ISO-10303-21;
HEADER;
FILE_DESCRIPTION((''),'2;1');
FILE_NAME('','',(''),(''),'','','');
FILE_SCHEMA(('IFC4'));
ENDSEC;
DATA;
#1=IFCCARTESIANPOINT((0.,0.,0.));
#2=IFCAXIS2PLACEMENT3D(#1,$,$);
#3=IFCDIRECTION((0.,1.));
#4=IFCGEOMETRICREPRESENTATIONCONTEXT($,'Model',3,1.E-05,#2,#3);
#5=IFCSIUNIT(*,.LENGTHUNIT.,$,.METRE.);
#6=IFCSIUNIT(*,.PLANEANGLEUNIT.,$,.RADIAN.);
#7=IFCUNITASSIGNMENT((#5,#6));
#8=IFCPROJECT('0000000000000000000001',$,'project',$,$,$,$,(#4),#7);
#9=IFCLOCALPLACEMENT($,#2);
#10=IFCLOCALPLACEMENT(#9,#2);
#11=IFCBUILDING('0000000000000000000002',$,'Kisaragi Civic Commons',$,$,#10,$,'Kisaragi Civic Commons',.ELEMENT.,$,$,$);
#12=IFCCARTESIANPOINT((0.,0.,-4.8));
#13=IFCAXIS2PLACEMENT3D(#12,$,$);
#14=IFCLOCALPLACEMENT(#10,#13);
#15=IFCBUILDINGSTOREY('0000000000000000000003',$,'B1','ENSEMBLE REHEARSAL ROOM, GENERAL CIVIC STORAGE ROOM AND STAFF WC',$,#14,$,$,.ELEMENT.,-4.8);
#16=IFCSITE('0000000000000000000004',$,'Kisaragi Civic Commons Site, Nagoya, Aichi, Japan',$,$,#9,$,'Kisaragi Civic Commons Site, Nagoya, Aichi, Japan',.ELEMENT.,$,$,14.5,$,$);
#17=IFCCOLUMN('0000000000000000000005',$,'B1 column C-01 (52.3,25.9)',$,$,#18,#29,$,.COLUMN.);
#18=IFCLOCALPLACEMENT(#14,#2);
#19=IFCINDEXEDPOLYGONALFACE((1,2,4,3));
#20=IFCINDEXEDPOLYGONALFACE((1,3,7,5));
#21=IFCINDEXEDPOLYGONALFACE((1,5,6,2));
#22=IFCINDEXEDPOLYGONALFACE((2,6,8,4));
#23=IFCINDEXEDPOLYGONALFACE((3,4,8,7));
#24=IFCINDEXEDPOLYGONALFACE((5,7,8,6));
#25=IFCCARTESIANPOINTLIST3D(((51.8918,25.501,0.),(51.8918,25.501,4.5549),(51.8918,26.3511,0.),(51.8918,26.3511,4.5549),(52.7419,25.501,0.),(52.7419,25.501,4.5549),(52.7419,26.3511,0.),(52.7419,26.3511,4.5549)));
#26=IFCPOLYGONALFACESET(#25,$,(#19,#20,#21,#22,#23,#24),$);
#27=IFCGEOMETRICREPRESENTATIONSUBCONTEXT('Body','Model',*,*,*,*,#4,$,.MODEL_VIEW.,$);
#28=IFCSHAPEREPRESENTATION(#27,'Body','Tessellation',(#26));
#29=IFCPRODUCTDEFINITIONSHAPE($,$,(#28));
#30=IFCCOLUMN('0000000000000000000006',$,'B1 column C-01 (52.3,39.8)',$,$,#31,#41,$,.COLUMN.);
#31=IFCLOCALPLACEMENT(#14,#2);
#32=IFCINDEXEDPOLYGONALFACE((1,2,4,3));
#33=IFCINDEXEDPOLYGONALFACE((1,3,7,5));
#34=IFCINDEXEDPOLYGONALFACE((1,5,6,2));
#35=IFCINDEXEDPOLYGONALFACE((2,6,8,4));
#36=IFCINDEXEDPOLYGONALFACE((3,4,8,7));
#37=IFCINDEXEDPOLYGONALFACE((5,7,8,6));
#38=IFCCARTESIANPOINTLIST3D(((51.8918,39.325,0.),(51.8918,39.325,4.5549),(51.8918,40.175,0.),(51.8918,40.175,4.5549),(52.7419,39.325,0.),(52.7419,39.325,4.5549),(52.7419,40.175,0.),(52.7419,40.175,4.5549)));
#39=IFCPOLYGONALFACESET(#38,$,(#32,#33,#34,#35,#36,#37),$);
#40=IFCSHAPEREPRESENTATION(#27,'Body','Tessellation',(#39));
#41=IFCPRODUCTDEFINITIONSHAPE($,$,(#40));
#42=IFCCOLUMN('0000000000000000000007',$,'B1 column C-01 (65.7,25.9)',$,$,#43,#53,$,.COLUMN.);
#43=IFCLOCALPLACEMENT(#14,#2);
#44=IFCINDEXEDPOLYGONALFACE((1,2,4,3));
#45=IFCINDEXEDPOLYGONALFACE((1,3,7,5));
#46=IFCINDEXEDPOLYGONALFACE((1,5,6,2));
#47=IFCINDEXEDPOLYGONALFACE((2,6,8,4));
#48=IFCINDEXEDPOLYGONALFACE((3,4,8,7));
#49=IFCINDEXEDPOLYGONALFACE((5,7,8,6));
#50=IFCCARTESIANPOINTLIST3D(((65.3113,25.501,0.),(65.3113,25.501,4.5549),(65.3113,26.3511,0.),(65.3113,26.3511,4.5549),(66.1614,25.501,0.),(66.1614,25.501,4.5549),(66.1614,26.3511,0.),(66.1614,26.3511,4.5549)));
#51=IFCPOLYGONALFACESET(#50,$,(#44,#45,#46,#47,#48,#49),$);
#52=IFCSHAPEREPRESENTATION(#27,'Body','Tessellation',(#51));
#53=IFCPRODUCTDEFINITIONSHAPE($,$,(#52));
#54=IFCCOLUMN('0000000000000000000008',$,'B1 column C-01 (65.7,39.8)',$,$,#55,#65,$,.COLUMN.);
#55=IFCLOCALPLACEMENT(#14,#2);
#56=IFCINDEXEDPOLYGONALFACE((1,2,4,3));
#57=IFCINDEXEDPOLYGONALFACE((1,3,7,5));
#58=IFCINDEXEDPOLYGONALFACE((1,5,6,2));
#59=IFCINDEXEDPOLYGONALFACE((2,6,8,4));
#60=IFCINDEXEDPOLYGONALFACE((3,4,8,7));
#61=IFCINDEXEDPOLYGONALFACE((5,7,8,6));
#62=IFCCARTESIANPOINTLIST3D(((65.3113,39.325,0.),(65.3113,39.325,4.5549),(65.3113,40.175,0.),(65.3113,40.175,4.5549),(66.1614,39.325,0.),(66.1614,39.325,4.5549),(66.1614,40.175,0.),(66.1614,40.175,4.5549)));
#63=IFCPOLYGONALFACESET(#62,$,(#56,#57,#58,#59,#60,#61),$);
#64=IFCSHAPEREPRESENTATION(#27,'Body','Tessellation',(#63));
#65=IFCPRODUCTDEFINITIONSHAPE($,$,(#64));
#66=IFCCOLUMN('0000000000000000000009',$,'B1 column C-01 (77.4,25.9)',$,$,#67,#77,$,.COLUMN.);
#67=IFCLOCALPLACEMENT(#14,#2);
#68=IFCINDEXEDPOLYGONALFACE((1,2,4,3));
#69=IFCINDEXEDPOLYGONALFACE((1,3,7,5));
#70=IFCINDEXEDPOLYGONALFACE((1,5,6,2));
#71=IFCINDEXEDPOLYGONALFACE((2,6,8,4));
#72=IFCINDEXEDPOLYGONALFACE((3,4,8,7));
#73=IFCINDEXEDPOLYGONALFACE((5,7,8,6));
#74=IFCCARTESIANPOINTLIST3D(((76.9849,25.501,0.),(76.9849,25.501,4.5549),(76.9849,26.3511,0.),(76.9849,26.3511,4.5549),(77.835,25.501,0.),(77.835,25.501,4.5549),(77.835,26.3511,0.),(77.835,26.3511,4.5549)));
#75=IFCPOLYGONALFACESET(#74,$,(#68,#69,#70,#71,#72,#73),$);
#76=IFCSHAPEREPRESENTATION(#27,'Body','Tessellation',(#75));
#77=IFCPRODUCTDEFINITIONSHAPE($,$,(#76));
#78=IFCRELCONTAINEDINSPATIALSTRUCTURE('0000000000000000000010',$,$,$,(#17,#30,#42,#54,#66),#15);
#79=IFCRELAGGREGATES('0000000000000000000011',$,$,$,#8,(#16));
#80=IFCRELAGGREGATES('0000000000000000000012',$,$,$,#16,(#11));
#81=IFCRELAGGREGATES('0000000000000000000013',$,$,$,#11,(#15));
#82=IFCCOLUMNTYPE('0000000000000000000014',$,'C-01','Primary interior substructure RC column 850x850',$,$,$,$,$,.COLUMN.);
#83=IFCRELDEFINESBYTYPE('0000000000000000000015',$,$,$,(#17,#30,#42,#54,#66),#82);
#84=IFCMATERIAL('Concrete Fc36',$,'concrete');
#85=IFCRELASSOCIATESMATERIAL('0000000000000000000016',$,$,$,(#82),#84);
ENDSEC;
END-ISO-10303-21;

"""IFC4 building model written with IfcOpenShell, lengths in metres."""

from ifc_helpers import new_model, si_unit, direction, frame, origin, origin_2d, place, context, subcontext, project, spatial, rectangle, extrude, material, material_profile, profile_set, type_object, element, save


model = new_model("IFC4")

# Units and contexts
model_context = context("Model", 3, precision=1e-05, world=origin(), true_north=direction((0.0, 1.0)))
body_context = subcontext(model_context, "Body", "Model", "MODEL_VIEW")
ifc_project = project(units=[si_unit("LENGTHUNIT", "METRE"), si_unit("PLANEANGLEUNIT", "RADIAN")], contexts=[model_context])

# Site, building, storey
site_placement = place(None, origin())
site = spatial("IfcSite", under=ifc_project, at=site_placement, Name="Kisaragi Civic Commons Site, Nagoya, Aichi, Japan", LongName="Kisaragi Civic Commons Site, Nagoya, Aichi, Japan", CompositionType="ELEMENT", RefElevation=14.5)
building_placement = place(site_placement, origin())
building = spatial("IfcBuilding", under=site, at=building_placement, Name="Kisaragi Civic Commons", LongName="Kisaragi Civic Commons", CompositionType="ELEMENT")
storey_placement = place(building_placement, frame((0.0, 0.0, -4.8)))
storey = spatial("IfcBuildingStorey", under=building, at=storey_placement, Name="B1", Description="ENSEMBLE REHEARSAL ROOM, GENERAL CIVIC STORAGE ROOM AND STAFF WC", CompositionType="ELEMENT", Elevation=-4.8)

# Shared definitions
ifc_material_1 = material(Name="Concrete Fc36", Category="concrete")

# Columns
ifc_material_profile_1 = material_profile(ifc_material_1, rectangle(XDim=0.8501, YDim=0.8501, at=origin_2d()), Name="RC-850x850", Category="concrete")
ifc_profile_set_1 = profile_set([ifc_material_profile_1], Name="Concrete Fc36")
column_type = type_object("IfcColumnType", Name="C-01", Description="Primary interior substructure RC column 850x850", PredefinedType="COLUMN", material=ifc_profile_set_1)
for number, where, z_axis, x_axis, name in (
    (1, (52.3169, 25.926, 0.0), (0.0, 0.0, 1.0), (1.0, 0.0, 0.0), "B1 column C-01 (52.3,25.9)"),
    (2, (52.3169, 39.75, 0.0), (0.0, 0.0, 1.0), (1.0, 0.0, 0.0), "B1 column C-01 (52.3,39.8)"),
    (3, (65.7363, 25.926, 0.0), (0.0, 0.0, 1.0), (1.0, 0.0, 0.0), "B1 column C-01 (65.7,25.9)"),
    (4, (65.7363, 39.75, 0.0), (0.0, 0.0, 1.0), (1.0, 0.0, 0.0), "B1 column C-01 (65.7,39.8)"),
    (5, (77.4099, 25.926, 0.0), (0.0, 0.0, 1.0), (1.0, 0.0, 0.0), "B1 column C-01 (77.4,25.9)"),
):
    element("IfcColumn", number, at=place(storey_placement, frame(where, z_axis=z_axis, x_axis=x_axis)), inside=storey, type_object=column_type, Name=name, PredefinedType="COLUMN", context=body_context, shape_type="SweptSolid", body=[
        extrude(rectangle(XDim=0.8501, YDim=0.8501, at=origin_2d()), origin(), (0.0, 0.0, 1.0), 4.5549),
    ])

save(model, "model.ifc")
